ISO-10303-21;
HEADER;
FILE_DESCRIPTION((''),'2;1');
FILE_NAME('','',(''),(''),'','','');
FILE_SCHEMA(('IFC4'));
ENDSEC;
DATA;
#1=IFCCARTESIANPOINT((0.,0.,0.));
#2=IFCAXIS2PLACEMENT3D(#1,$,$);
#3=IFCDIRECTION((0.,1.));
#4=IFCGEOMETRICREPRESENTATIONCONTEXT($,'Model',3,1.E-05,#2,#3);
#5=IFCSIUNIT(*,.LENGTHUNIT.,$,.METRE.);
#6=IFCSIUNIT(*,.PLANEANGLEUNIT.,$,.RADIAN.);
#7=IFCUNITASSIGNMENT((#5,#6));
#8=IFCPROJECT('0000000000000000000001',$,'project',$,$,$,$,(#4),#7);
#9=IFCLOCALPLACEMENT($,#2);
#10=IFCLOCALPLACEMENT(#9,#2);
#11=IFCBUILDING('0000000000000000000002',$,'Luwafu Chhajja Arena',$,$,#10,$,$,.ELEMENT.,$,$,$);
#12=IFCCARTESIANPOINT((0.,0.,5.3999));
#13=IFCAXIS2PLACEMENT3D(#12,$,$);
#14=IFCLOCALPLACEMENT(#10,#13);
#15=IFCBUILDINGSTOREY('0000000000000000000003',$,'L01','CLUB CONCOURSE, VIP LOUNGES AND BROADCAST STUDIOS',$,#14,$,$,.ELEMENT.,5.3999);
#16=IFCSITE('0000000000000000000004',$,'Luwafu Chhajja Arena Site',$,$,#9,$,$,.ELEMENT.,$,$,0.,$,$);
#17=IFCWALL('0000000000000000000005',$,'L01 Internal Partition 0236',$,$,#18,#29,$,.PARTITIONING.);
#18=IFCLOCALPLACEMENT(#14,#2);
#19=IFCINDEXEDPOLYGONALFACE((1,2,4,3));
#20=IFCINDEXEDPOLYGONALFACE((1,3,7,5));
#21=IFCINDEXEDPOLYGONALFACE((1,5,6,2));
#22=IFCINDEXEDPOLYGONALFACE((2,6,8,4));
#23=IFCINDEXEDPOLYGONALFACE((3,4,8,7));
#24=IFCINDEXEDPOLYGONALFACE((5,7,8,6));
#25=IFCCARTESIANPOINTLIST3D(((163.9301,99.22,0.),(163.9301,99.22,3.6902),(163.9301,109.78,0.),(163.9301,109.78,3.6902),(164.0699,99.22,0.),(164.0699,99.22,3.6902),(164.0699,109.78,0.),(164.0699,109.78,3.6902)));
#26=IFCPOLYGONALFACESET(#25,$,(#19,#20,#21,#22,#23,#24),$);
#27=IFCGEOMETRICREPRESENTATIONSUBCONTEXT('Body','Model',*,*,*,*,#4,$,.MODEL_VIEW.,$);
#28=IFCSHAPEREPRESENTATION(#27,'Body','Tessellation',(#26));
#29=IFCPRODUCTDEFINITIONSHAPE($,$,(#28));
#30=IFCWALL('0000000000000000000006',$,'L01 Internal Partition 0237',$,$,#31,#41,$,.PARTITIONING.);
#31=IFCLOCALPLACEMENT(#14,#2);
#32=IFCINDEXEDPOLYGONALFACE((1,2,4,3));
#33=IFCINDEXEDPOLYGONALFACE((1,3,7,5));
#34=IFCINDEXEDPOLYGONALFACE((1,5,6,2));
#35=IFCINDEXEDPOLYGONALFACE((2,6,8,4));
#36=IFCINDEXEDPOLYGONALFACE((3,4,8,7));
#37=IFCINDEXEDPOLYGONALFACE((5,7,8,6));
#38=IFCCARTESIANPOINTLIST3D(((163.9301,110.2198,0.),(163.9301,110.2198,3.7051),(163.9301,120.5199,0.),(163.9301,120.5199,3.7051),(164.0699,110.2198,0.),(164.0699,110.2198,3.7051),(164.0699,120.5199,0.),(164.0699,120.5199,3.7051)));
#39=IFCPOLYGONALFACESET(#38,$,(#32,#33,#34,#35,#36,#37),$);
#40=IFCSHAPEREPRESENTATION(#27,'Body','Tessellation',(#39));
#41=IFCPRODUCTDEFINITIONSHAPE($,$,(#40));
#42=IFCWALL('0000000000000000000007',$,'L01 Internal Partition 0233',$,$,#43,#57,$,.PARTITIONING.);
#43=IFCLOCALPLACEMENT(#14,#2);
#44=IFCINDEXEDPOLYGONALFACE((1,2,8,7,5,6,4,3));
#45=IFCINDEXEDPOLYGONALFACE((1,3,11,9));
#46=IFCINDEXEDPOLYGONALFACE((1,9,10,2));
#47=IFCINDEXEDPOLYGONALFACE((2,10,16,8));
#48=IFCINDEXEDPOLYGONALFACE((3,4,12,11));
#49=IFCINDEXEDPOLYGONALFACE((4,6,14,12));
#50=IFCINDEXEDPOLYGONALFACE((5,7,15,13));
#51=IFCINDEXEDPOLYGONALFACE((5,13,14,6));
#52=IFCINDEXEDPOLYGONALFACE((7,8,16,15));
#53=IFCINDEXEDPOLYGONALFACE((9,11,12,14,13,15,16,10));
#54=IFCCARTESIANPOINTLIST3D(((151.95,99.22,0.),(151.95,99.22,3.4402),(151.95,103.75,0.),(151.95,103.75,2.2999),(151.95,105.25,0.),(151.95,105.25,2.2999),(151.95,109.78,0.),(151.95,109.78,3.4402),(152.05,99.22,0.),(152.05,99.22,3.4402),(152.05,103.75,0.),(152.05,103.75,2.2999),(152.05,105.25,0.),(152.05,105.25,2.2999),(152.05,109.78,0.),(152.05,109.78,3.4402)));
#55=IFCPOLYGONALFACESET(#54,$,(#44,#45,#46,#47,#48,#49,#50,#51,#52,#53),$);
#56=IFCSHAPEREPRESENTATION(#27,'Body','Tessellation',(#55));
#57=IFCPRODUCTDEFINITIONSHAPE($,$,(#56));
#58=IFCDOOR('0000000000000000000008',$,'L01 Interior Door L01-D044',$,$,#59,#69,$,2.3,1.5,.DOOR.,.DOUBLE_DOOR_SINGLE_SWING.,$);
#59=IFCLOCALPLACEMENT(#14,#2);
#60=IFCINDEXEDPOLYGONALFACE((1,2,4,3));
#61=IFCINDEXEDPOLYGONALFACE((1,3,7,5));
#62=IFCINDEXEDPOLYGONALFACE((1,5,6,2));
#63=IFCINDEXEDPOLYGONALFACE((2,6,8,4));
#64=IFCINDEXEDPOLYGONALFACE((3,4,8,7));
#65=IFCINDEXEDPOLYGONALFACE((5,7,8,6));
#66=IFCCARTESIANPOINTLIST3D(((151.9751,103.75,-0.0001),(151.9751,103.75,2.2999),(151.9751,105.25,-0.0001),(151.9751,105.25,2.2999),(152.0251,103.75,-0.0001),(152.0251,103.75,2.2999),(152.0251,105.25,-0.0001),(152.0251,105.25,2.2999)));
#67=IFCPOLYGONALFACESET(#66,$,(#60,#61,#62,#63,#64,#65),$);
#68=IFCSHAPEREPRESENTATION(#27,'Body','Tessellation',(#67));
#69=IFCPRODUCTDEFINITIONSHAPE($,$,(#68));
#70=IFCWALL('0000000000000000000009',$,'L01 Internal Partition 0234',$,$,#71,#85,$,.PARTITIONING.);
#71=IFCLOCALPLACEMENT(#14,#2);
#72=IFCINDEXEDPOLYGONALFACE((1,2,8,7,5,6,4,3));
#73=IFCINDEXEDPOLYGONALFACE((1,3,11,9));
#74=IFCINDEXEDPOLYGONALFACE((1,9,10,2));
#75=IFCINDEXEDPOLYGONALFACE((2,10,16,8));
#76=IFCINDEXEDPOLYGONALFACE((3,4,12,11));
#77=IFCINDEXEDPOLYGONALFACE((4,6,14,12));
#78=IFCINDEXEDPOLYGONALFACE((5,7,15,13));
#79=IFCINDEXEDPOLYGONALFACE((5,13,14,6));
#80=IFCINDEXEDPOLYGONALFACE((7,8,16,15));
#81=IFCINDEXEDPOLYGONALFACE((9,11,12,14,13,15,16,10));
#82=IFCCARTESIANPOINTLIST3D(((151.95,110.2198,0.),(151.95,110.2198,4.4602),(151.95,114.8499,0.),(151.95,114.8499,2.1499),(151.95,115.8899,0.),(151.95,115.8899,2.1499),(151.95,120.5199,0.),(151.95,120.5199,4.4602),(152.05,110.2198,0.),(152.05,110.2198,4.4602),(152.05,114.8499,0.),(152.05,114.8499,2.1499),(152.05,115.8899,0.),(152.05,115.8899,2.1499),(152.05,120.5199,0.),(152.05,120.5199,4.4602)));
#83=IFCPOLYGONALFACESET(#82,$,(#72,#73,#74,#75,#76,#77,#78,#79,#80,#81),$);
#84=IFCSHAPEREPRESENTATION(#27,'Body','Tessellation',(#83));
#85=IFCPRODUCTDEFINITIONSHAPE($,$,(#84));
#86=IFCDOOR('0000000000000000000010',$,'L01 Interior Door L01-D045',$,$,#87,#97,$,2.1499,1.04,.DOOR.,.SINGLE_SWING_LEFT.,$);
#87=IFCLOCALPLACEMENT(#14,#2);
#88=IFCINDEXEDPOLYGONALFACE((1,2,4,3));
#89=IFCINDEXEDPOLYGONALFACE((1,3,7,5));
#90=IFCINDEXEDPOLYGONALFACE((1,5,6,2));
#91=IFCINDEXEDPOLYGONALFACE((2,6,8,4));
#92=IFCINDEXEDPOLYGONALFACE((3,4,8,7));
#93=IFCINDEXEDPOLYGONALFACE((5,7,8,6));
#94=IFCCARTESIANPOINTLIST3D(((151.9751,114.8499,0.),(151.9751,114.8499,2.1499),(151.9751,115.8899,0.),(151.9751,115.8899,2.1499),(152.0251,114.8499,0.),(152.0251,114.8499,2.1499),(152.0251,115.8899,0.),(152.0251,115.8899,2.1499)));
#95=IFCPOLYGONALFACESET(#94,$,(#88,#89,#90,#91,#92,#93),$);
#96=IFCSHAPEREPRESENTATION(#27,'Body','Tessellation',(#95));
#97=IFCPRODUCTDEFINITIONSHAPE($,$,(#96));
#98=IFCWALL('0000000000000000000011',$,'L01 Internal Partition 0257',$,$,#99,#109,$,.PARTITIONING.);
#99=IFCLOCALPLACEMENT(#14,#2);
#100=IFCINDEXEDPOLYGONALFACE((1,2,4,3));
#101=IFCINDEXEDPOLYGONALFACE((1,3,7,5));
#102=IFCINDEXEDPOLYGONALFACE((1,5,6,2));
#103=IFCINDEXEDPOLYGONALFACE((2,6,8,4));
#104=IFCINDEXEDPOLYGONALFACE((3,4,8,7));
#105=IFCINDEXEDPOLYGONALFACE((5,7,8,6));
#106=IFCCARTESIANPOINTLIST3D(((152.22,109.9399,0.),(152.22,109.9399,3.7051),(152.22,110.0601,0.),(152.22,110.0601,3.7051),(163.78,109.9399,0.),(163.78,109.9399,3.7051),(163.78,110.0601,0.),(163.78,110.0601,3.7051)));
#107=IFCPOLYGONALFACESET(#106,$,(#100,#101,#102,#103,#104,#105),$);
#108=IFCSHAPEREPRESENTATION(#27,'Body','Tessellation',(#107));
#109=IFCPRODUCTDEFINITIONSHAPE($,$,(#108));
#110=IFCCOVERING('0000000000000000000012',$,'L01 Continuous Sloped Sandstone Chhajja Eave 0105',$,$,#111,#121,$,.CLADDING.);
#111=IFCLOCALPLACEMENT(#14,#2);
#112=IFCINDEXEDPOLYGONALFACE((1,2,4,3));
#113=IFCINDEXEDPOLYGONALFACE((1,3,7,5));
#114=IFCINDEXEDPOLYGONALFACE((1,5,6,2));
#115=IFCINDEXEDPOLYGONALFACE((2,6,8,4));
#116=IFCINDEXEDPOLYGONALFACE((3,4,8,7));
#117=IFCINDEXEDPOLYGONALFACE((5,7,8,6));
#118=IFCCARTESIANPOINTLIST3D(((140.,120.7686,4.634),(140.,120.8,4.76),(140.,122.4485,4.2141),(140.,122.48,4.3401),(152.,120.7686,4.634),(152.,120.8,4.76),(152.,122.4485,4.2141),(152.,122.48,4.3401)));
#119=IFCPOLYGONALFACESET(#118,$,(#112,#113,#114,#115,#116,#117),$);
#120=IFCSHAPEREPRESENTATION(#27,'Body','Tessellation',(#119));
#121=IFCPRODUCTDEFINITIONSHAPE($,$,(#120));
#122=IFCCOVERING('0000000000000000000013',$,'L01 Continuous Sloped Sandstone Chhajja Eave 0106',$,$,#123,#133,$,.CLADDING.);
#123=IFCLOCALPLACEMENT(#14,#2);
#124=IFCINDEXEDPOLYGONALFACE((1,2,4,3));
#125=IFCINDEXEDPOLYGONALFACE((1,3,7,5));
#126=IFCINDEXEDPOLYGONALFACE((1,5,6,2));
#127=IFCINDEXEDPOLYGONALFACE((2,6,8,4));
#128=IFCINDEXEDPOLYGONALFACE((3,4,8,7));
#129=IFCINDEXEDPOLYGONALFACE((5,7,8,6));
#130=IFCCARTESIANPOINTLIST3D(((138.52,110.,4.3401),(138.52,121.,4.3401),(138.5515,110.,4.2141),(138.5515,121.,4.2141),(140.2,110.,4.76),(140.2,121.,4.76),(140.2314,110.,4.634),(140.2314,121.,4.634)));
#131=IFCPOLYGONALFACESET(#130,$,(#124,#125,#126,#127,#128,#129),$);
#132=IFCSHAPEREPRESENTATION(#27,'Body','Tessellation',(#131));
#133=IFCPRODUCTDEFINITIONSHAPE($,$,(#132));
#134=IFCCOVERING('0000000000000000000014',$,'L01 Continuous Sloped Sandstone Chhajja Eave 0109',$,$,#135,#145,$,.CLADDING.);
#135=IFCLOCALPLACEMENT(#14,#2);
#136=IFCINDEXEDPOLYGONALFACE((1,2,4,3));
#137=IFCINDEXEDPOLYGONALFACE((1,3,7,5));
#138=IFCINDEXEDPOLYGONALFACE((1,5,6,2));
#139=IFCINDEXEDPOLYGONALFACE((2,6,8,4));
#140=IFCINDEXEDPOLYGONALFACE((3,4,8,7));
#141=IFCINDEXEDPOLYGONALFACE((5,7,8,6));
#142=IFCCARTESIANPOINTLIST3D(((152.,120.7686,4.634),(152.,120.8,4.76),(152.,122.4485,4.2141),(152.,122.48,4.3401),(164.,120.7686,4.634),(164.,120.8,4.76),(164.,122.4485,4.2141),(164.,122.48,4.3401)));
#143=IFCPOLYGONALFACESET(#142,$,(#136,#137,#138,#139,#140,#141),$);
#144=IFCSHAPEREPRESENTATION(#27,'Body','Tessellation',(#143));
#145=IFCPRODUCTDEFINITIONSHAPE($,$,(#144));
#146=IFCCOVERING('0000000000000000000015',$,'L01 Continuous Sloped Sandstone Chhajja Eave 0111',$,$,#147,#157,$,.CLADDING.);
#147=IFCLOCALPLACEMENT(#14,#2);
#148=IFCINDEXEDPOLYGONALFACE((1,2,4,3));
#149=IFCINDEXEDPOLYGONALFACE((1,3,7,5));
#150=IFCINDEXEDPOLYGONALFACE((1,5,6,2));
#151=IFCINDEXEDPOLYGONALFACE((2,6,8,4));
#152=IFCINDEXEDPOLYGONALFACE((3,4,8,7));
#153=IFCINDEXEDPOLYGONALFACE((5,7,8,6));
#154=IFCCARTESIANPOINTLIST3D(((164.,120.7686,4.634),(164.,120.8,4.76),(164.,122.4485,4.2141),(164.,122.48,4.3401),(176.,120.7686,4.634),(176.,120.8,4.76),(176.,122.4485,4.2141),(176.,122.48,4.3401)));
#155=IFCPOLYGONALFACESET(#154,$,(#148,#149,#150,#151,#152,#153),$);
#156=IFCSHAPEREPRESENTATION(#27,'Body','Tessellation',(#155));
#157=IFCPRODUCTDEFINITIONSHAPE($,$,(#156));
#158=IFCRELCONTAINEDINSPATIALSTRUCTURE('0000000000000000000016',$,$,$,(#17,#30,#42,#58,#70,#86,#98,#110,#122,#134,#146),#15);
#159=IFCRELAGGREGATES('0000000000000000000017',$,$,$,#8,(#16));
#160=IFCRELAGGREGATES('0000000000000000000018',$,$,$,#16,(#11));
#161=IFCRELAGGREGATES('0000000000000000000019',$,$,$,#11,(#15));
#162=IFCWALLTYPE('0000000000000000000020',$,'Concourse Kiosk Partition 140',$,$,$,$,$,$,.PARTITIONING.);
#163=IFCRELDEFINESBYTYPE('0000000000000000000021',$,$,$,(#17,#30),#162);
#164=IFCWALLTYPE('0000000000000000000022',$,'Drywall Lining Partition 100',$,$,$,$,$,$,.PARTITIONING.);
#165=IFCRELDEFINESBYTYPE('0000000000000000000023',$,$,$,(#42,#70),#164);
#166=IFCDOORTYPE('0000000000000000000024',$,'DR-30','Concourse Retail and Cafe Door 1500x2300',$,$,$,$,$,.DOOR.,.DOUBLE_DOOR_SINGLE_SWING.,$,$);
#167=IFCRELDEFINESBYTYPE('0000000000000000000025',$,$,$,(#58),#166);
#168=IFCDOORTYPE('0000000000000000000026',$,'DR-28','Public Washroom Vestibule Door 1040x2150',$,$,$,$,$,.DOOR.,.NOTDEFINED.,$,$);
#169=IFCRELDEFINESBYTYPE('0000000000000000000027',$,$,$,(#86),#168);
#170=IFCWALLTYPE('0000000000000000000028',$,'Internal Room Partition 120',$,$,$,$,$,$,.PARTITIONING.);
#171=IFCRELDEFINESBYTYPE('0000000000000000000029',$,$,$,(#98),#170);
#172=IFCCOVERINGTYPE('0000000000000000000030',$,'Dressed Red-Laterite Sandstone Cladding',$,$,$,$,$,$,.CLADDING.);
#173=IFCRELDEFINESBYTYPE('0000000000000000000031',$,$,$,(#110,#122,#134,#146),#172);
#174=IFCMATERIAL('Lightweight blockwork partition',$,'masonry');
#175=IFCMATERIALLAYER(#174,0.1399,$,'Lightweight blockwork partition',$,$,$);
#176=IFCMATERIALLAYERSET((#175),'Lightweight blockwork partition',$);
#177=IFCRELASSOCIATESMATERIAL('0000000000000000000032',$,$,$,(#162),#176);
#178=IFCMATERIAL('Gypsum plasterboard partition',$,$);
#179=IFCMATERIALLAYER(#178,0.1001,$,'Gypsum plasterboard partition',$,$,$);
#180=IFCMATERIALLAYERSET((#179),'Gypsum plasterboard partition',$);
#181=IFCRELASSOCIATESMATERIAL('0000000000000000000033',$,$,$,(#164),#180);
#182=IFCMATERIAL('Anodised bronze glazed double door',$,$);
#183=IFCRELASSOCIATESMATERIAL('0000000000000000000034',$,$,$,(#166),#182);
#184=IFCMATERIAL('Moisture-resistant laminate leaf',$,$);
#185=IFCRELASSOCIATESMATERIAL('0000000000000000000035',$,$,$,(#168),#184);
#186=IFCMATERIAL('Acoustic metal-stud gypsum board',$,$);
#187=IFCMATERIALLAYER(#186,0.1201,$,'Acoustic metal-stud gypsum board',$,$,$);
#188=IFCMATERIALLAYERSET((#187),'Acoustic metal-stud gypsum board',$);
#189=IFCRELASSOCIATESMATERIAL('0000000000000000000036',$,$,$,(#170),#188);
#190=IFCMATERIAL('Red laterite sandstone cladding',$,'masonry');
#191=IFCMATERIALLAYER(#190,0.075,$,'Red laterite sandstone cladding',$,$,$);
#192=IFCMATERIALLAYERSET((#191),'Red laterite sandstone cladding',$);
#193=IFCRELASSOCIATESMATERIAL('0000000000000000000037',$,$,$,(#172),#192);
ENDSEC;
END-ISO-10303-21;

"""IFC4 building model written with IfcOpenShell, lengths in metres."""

from ifc_helpers import new_model, si_unit, direction, frame, frame_2d, origin, place, context, subcontext, project, spatial, polyline, rectangle, outline, extrude, material, layer, layer_set, type_object, element, fill, save


model = new_model("IFC4")

# Units and contexts
model_context = context("Model", 3, precision=1e-05, world=origin(), true_north=direction((0.0, 1.0)))
body_context = subcontext(model_context, "Body", "Model", "MODEL_VIEW")
ifc_project = project(units=[si_unit("LENGTHUNIT", "METRE"), si_unit("PLANEANGLEUNIT", "RADIAN")], contexts=[model_context])

# Site, building, storey
site_placement = place(None, origin())
site = spatial("IfcSite", under=ifc_project, at=site_placement, Name="Luwafu Chhajja Arena Site", CompositionType="ELEMENT", RefElevation=0.0)
building_placement = place(site_placement, origin())
building = spatial("IfcBuilding", under=site, at=building_placement, Name="Luwafu Chhajja Arena", CompositionType="ELEMENT")
storey_placement = place(building_placement, frame((0.0, 0.0, 5.3999)))
storey = spatial("IfcBuildingStorey", under=building, at=storey_placement, Name="L01", Description="CLUB CONCOURSE, VIP LOUNGES AND BROADCAST STUDIOS", CompositionType="ELEMENT", Elevation=5.3999)

# Walls
ifc_material_1 = material(Name="Lightweight blockwork partition", Category="masonry")
ifc_layer_1 = layer(ifc_material_1, 0.1399, Name="Lightweight blockwork partition")
ifc_layer_set_1 = layer_set([ifc_layer_1], Name="Lightweight blockwork partition")
wall_type_1 = type_object("IfcWallType", Name="Concourse Kiosk Partition 140", PredefinedType="PARTITIONING", material=ifc_layer_set_1)
wall_1_placement = place(storey_placement, frame((164.0, 99.22, 0.0), z_axis=(0.0, 0.0, 1.0), x_axis=(0.0, 1.0, 0.0)))
element("IfcWall", 1, at=wall_1_placement, inside=storey, type_object=wall_type_1, Name="L01 Internal Partition 0236", PredefinedType="PARTITIONING", context=body_context, shape_type="SweptSolid", body=[
    extrude(rectangle(XDim=10.5601, YDim=0.1399, at=frame_2d((5.28, 0.0))), origin(), (0.0, 0.0, 1.0), 3.6902),
])
wall_2_placement = place(storey_placement, frame((164.0, 110.22, 0.0), z_axis=(0.0, 0.0, 1.0), x_axis=(0.0, 1.0, 0.0)))
element("IfcWall", 2, at=wall_2_placement, inside=storey, type_object=wall_type_1, Name="L01 Internal Partition 0237", PredefinedType="PARTITIONING", context=body_context, shape_type="SweptSolid", body=[
    extrude(rectangle(XDim=10.3, YDim=0.1399, at=frame_2d((5.1499, 0.0))), origin(), (0.0, 0.0, 1.0), 3.7051),
])

# Walls, openings, doors
ifc_material_2 = material(Name="Gypsum plasterboard partition")
ifc_layer_2 = layer(ifc_material_2, 0.1001, Name="Gypsum plasterboard partition")
ifc_layer_set_2 = layer_set([ifc_layer_2], Name="Gypsum plasterboard partition")
wall_type_2 = type_object("IfcWallType", Name="Drywall Lining Partition 100", PredefinedType="PARTITIONING", material=ifc_layer_set_2)
wall_3_placement = place(storey_placement, frame((152.0, 99.22, 0.0), z_axis=(0.0, 0.0, 1.0), x_axis=(0.0, 1.0, 0.0)))
wall_3 = element("IfcWall", 3, at=wall_3_placement, inside=storey, type_object=wall_type_2, Name="L01 Internal Partition 0233", PredefinedType="PARTITIONING", context=body_context, shape_type="SweptSolid", body=[
    extrude(rectangle(XDim=10.5601, YDim=0.1001, at=frame_2d((5.28, 0.0))), origin(), (0.0, 0.0, 1.0), 3.4402),
])
opening_1_placement = place(wall_3_placement, frame((4.53, 0.0, 0.0)))
opening_1 = element("IfcOpeningElement", 4, at=opening_1_placement, cuts=wall_3, PredefinedType="OPENING", context=body_context, shape_type="SweptSolid", body=[
    extrude(rectangle(XDim=1.5, YDim=2.3, at=frame_2d((0.75, 1.1499))), frame((0.0, 0.0601, 0.0), z_axis=(0.0, -1.0, 0.0), x_axis=(1.0, 0.0, 0.0)), (0.0, 0.0, 1.0), 0.1201),
])
ifc_material_3 = material(Name="Anodised bronze glazed double door")
door_type_1 = type_object("IfcDoorType", Name="DR-30", Description="Concourse Retail and Cafe Door 1500x2300", OperationType="DOUBLE_DOOR_SINGLE_SWING", PredefinedType="DOOR", material=ifc_material_3)
door_1_placement = place(opening_1_placement, origin())
door_1 = element("IfcDoor", 5, at=door_1_placement, inside=storey, type_object=door_type_1, Name="L01 Interior Door L01-D044", OperationType="DOUBLE_DOOR_SINGLE_SWING", OverallHeight=2.3, OverallWidth=1.5, PredefinedType="DOOR", context=body_context, shape_type="SweptSolid", body=[
    extrude(rectangle(XDim=1.5, YDim=2.3, at=frame_2d((0.75, 1.1499))), frame((0.0, 0.0249, 0.0), z_axis=(0.0, -1.0, 0.0), x_axis=(1.0, 0.0, 0.0)), (0.0, 0.0, 1.0), 0.05),
])
fill(opening_1, door_1)
wall_4_placement = place(storey_placement, frame((152.0, 110.22, 0.0), z_axis=(0.0, 0.0, 1.0), x_axis=(0.0, 1.0, 0.0)))
wall_4 = element("IfcWall", 6, at=wall_4_placement, inside=storey, type_object=wall_type_2, Name="L01 Internal Partition 0234", PredefinedType="PARTITIONING", context=body_context, shape_type="SweptSolid", body=[
    extrude(rectangle(XDim=10.3, YDim=0.1001, at=frame_2d((5.1499, 0.0))), origin(), (0.0, 0.0, 1.0), 4.4602),
])
opening_2_placement = place(wall_4_placement, frame((4.6299, 0.0, 0.0)))
opening_2 = element("IfcOpeningElement", 7, at=opening_2_placement, cuts=wall_4, PredefinedType="OPENING", context=body_context, shape_type="SweptSolid", body=[
    extrude(rectangle(XDim=1.04, YDim=2.1499, at=frame_2d((0.52, 1.075))), frame((0.0, 0.0601, 0.0), z_axis=(0.0, -1.0, 0.0), x_axis=(1.0, 0.0, 0.0)), (0.0, 0.0, 1.0), 0.1201),
])
ifc_material_4 = material(Name="Moisture-resistant laminate leaf")
door_type_2 = type_object("IfcDoorType", Name="DR-28", Description="Public Washroom Vestibule Door 1040x2150", OperationType="NOTDEFINED", PredefinedType="DOOR", material=ifc_material_4)
door_2_placement = place(opening_2_placement, origin())
door_2 = element("IfcDoor", 8, at=door_2_placement, inside=storey, type_object=door_type_2, Name="L01 Interior Door L01-D045", OperationType="SINGLE_SWING_LEFT", OverallHeight=2.1499, OverallWidth=1.04, PredefinedType="DOOR", context=body_context, shape_type="SweptSolid", body=[
    extrude(rectangle(XDim=1.04, YDim=2.1499, at=frame_2d((0.52, 1.075))), frame((0.0, 0.0249, 0.0), z_axis=(0.0, -1.0, 0.0), x_axis=(1.0, 0.0, 0.0)), (0.0, 0.0, 1.0), 0.05),
])
fill(opening_2, door_2)

# Wall
ifc_material_5 = material(Name="Acoustic metal-stud gypsum board")
ifc_layer_3 = layer(ifc_material_5, 0.1201, Name="Acoustic metal-stud gypsum board")
ifc_layer_set_3 = layer_set([ifc_layer_3], Name="Acoustic metal-stud gypsum board")
wall_type_3 = type_object("IfcWallType", Name="Internal Room Partition 120", PredefinedType="PARTITIONING", material=ifc_layer_set_3)
wall_5_placement = place(storey_placement, frame((152.22, 110.0, 0.0), z_axis=(0.0, 0.0, 1.0), x_axis=(1.0, 0.0, 0.0)))
element("IfcWall", 9, at=wall_5_placement, inside=storey, type_object=wall_type_3, Name="L01 Internal Partition 0257", PredefinedType="PARTITIONING", context=body_context, shape_type="SweptSolid", body=[
    extrude(rectangle(XDim=11.5601, YDim=0.1201, at=frame_2d((5.78, 0.0))), origin(), (0.0, 0.0, 1.0), 3.7051),
])

# Coverings
ifc_material_6 = material(Name="Red laterite sandstone cladding", Category="masonry")
ifc_layer_4 = layer(ifc_material_6, 0.075, Name="Red laterite sandstone cladding")
ifc_layer_set_4 = layer_set([ifc_layer_4], Name="Red laterite sandstone cladding")
covering_type = type_object("IfcCoveringType", Name="Dressed Red-Laterite Sandstone Cladding", PredefinedType="CLADDING", material=ifc_layer_set_4)
covering_1_placement = place(storey_placement, frame((140.0, 120.8, 4.76), z_axis=(0.0, 0.242502, 0.970151), x_axis=(1.0, 0.0, 0.0)))
element("IfcCovering", 10, at=covering_1_placement, inside=storey, type_object=covering_type, Name="L01 Continuous Sloped Sandstone Chhajja Eave 0105", PredefinedType="CLADDING", context=body_context, shape_type="SweptSolid", body=[
    extrude(outline(polyline([(0.0, 0.0), (12.0, 0.0), (12.0, 1.7316), (0.0, 1.7316), (0.0, 0.0)])), origin(), (0.0, 0.0, -1.0), 0.1299),
])
covering_2_placement = place(storey_placement, frame((140.2, 110.0, 4.76), z_axis=(-0.242502, 0.0, 0.970151), x_axis=(0.0, 1.0, 0.0)))
element("IfcCovering", 11, at=covering_2_placement, inside=storey, type_object=covering_type, Name="L01 Continuous Sloped Sandstone Chhajja Eave 0106", PredefinedType="CLADDING", context=body_context, shape_type="SweptSolid", body=[
    extrude(outline(polyline([(0.0, 0.0), (11.0, 0.0), (11.0, 1.7316), (0.0, 1.7316), (0.0, 0.0)])), origin(), (0.0, 0.0, -1.0), 0.1299),
])
for number, where, z_axis, x_axis, name in (
    (12, (152.0, 120.8, 4.76), (0.0, 0.242502, 0.970151), (1.0, 0.0, 0.0), "L01 Continuous Sloped Sandstone Chhajja Eave 0109"),
    (13, (164.0, 120.8, 4.76), (0.0, 0.242502, 0.970151), (1.0, 0.0, 0.0), "L01 Continuous Sloped Sandstone Chhajja Eave 0111"),
):
    element("IfcCovering", number, at=place(storey_placement, frame(where, z_axis=z_axis, x_axis=x_axis)), inside=storey, type_object=covering_type, Name=name, PredefinedType="CLADDING", context=body_context, shape_type="SweptSolid", body=[
        extrude(outline(polyline([(0.0, 0.0), (12.0, 0.0), (12.0, 1.7316), (0.0, 1.7316), (0.0, 0.0)])), origin(), (0.0, 0.0, -1.0), 0.1299),
    ])

save(model, "model.ifc")
